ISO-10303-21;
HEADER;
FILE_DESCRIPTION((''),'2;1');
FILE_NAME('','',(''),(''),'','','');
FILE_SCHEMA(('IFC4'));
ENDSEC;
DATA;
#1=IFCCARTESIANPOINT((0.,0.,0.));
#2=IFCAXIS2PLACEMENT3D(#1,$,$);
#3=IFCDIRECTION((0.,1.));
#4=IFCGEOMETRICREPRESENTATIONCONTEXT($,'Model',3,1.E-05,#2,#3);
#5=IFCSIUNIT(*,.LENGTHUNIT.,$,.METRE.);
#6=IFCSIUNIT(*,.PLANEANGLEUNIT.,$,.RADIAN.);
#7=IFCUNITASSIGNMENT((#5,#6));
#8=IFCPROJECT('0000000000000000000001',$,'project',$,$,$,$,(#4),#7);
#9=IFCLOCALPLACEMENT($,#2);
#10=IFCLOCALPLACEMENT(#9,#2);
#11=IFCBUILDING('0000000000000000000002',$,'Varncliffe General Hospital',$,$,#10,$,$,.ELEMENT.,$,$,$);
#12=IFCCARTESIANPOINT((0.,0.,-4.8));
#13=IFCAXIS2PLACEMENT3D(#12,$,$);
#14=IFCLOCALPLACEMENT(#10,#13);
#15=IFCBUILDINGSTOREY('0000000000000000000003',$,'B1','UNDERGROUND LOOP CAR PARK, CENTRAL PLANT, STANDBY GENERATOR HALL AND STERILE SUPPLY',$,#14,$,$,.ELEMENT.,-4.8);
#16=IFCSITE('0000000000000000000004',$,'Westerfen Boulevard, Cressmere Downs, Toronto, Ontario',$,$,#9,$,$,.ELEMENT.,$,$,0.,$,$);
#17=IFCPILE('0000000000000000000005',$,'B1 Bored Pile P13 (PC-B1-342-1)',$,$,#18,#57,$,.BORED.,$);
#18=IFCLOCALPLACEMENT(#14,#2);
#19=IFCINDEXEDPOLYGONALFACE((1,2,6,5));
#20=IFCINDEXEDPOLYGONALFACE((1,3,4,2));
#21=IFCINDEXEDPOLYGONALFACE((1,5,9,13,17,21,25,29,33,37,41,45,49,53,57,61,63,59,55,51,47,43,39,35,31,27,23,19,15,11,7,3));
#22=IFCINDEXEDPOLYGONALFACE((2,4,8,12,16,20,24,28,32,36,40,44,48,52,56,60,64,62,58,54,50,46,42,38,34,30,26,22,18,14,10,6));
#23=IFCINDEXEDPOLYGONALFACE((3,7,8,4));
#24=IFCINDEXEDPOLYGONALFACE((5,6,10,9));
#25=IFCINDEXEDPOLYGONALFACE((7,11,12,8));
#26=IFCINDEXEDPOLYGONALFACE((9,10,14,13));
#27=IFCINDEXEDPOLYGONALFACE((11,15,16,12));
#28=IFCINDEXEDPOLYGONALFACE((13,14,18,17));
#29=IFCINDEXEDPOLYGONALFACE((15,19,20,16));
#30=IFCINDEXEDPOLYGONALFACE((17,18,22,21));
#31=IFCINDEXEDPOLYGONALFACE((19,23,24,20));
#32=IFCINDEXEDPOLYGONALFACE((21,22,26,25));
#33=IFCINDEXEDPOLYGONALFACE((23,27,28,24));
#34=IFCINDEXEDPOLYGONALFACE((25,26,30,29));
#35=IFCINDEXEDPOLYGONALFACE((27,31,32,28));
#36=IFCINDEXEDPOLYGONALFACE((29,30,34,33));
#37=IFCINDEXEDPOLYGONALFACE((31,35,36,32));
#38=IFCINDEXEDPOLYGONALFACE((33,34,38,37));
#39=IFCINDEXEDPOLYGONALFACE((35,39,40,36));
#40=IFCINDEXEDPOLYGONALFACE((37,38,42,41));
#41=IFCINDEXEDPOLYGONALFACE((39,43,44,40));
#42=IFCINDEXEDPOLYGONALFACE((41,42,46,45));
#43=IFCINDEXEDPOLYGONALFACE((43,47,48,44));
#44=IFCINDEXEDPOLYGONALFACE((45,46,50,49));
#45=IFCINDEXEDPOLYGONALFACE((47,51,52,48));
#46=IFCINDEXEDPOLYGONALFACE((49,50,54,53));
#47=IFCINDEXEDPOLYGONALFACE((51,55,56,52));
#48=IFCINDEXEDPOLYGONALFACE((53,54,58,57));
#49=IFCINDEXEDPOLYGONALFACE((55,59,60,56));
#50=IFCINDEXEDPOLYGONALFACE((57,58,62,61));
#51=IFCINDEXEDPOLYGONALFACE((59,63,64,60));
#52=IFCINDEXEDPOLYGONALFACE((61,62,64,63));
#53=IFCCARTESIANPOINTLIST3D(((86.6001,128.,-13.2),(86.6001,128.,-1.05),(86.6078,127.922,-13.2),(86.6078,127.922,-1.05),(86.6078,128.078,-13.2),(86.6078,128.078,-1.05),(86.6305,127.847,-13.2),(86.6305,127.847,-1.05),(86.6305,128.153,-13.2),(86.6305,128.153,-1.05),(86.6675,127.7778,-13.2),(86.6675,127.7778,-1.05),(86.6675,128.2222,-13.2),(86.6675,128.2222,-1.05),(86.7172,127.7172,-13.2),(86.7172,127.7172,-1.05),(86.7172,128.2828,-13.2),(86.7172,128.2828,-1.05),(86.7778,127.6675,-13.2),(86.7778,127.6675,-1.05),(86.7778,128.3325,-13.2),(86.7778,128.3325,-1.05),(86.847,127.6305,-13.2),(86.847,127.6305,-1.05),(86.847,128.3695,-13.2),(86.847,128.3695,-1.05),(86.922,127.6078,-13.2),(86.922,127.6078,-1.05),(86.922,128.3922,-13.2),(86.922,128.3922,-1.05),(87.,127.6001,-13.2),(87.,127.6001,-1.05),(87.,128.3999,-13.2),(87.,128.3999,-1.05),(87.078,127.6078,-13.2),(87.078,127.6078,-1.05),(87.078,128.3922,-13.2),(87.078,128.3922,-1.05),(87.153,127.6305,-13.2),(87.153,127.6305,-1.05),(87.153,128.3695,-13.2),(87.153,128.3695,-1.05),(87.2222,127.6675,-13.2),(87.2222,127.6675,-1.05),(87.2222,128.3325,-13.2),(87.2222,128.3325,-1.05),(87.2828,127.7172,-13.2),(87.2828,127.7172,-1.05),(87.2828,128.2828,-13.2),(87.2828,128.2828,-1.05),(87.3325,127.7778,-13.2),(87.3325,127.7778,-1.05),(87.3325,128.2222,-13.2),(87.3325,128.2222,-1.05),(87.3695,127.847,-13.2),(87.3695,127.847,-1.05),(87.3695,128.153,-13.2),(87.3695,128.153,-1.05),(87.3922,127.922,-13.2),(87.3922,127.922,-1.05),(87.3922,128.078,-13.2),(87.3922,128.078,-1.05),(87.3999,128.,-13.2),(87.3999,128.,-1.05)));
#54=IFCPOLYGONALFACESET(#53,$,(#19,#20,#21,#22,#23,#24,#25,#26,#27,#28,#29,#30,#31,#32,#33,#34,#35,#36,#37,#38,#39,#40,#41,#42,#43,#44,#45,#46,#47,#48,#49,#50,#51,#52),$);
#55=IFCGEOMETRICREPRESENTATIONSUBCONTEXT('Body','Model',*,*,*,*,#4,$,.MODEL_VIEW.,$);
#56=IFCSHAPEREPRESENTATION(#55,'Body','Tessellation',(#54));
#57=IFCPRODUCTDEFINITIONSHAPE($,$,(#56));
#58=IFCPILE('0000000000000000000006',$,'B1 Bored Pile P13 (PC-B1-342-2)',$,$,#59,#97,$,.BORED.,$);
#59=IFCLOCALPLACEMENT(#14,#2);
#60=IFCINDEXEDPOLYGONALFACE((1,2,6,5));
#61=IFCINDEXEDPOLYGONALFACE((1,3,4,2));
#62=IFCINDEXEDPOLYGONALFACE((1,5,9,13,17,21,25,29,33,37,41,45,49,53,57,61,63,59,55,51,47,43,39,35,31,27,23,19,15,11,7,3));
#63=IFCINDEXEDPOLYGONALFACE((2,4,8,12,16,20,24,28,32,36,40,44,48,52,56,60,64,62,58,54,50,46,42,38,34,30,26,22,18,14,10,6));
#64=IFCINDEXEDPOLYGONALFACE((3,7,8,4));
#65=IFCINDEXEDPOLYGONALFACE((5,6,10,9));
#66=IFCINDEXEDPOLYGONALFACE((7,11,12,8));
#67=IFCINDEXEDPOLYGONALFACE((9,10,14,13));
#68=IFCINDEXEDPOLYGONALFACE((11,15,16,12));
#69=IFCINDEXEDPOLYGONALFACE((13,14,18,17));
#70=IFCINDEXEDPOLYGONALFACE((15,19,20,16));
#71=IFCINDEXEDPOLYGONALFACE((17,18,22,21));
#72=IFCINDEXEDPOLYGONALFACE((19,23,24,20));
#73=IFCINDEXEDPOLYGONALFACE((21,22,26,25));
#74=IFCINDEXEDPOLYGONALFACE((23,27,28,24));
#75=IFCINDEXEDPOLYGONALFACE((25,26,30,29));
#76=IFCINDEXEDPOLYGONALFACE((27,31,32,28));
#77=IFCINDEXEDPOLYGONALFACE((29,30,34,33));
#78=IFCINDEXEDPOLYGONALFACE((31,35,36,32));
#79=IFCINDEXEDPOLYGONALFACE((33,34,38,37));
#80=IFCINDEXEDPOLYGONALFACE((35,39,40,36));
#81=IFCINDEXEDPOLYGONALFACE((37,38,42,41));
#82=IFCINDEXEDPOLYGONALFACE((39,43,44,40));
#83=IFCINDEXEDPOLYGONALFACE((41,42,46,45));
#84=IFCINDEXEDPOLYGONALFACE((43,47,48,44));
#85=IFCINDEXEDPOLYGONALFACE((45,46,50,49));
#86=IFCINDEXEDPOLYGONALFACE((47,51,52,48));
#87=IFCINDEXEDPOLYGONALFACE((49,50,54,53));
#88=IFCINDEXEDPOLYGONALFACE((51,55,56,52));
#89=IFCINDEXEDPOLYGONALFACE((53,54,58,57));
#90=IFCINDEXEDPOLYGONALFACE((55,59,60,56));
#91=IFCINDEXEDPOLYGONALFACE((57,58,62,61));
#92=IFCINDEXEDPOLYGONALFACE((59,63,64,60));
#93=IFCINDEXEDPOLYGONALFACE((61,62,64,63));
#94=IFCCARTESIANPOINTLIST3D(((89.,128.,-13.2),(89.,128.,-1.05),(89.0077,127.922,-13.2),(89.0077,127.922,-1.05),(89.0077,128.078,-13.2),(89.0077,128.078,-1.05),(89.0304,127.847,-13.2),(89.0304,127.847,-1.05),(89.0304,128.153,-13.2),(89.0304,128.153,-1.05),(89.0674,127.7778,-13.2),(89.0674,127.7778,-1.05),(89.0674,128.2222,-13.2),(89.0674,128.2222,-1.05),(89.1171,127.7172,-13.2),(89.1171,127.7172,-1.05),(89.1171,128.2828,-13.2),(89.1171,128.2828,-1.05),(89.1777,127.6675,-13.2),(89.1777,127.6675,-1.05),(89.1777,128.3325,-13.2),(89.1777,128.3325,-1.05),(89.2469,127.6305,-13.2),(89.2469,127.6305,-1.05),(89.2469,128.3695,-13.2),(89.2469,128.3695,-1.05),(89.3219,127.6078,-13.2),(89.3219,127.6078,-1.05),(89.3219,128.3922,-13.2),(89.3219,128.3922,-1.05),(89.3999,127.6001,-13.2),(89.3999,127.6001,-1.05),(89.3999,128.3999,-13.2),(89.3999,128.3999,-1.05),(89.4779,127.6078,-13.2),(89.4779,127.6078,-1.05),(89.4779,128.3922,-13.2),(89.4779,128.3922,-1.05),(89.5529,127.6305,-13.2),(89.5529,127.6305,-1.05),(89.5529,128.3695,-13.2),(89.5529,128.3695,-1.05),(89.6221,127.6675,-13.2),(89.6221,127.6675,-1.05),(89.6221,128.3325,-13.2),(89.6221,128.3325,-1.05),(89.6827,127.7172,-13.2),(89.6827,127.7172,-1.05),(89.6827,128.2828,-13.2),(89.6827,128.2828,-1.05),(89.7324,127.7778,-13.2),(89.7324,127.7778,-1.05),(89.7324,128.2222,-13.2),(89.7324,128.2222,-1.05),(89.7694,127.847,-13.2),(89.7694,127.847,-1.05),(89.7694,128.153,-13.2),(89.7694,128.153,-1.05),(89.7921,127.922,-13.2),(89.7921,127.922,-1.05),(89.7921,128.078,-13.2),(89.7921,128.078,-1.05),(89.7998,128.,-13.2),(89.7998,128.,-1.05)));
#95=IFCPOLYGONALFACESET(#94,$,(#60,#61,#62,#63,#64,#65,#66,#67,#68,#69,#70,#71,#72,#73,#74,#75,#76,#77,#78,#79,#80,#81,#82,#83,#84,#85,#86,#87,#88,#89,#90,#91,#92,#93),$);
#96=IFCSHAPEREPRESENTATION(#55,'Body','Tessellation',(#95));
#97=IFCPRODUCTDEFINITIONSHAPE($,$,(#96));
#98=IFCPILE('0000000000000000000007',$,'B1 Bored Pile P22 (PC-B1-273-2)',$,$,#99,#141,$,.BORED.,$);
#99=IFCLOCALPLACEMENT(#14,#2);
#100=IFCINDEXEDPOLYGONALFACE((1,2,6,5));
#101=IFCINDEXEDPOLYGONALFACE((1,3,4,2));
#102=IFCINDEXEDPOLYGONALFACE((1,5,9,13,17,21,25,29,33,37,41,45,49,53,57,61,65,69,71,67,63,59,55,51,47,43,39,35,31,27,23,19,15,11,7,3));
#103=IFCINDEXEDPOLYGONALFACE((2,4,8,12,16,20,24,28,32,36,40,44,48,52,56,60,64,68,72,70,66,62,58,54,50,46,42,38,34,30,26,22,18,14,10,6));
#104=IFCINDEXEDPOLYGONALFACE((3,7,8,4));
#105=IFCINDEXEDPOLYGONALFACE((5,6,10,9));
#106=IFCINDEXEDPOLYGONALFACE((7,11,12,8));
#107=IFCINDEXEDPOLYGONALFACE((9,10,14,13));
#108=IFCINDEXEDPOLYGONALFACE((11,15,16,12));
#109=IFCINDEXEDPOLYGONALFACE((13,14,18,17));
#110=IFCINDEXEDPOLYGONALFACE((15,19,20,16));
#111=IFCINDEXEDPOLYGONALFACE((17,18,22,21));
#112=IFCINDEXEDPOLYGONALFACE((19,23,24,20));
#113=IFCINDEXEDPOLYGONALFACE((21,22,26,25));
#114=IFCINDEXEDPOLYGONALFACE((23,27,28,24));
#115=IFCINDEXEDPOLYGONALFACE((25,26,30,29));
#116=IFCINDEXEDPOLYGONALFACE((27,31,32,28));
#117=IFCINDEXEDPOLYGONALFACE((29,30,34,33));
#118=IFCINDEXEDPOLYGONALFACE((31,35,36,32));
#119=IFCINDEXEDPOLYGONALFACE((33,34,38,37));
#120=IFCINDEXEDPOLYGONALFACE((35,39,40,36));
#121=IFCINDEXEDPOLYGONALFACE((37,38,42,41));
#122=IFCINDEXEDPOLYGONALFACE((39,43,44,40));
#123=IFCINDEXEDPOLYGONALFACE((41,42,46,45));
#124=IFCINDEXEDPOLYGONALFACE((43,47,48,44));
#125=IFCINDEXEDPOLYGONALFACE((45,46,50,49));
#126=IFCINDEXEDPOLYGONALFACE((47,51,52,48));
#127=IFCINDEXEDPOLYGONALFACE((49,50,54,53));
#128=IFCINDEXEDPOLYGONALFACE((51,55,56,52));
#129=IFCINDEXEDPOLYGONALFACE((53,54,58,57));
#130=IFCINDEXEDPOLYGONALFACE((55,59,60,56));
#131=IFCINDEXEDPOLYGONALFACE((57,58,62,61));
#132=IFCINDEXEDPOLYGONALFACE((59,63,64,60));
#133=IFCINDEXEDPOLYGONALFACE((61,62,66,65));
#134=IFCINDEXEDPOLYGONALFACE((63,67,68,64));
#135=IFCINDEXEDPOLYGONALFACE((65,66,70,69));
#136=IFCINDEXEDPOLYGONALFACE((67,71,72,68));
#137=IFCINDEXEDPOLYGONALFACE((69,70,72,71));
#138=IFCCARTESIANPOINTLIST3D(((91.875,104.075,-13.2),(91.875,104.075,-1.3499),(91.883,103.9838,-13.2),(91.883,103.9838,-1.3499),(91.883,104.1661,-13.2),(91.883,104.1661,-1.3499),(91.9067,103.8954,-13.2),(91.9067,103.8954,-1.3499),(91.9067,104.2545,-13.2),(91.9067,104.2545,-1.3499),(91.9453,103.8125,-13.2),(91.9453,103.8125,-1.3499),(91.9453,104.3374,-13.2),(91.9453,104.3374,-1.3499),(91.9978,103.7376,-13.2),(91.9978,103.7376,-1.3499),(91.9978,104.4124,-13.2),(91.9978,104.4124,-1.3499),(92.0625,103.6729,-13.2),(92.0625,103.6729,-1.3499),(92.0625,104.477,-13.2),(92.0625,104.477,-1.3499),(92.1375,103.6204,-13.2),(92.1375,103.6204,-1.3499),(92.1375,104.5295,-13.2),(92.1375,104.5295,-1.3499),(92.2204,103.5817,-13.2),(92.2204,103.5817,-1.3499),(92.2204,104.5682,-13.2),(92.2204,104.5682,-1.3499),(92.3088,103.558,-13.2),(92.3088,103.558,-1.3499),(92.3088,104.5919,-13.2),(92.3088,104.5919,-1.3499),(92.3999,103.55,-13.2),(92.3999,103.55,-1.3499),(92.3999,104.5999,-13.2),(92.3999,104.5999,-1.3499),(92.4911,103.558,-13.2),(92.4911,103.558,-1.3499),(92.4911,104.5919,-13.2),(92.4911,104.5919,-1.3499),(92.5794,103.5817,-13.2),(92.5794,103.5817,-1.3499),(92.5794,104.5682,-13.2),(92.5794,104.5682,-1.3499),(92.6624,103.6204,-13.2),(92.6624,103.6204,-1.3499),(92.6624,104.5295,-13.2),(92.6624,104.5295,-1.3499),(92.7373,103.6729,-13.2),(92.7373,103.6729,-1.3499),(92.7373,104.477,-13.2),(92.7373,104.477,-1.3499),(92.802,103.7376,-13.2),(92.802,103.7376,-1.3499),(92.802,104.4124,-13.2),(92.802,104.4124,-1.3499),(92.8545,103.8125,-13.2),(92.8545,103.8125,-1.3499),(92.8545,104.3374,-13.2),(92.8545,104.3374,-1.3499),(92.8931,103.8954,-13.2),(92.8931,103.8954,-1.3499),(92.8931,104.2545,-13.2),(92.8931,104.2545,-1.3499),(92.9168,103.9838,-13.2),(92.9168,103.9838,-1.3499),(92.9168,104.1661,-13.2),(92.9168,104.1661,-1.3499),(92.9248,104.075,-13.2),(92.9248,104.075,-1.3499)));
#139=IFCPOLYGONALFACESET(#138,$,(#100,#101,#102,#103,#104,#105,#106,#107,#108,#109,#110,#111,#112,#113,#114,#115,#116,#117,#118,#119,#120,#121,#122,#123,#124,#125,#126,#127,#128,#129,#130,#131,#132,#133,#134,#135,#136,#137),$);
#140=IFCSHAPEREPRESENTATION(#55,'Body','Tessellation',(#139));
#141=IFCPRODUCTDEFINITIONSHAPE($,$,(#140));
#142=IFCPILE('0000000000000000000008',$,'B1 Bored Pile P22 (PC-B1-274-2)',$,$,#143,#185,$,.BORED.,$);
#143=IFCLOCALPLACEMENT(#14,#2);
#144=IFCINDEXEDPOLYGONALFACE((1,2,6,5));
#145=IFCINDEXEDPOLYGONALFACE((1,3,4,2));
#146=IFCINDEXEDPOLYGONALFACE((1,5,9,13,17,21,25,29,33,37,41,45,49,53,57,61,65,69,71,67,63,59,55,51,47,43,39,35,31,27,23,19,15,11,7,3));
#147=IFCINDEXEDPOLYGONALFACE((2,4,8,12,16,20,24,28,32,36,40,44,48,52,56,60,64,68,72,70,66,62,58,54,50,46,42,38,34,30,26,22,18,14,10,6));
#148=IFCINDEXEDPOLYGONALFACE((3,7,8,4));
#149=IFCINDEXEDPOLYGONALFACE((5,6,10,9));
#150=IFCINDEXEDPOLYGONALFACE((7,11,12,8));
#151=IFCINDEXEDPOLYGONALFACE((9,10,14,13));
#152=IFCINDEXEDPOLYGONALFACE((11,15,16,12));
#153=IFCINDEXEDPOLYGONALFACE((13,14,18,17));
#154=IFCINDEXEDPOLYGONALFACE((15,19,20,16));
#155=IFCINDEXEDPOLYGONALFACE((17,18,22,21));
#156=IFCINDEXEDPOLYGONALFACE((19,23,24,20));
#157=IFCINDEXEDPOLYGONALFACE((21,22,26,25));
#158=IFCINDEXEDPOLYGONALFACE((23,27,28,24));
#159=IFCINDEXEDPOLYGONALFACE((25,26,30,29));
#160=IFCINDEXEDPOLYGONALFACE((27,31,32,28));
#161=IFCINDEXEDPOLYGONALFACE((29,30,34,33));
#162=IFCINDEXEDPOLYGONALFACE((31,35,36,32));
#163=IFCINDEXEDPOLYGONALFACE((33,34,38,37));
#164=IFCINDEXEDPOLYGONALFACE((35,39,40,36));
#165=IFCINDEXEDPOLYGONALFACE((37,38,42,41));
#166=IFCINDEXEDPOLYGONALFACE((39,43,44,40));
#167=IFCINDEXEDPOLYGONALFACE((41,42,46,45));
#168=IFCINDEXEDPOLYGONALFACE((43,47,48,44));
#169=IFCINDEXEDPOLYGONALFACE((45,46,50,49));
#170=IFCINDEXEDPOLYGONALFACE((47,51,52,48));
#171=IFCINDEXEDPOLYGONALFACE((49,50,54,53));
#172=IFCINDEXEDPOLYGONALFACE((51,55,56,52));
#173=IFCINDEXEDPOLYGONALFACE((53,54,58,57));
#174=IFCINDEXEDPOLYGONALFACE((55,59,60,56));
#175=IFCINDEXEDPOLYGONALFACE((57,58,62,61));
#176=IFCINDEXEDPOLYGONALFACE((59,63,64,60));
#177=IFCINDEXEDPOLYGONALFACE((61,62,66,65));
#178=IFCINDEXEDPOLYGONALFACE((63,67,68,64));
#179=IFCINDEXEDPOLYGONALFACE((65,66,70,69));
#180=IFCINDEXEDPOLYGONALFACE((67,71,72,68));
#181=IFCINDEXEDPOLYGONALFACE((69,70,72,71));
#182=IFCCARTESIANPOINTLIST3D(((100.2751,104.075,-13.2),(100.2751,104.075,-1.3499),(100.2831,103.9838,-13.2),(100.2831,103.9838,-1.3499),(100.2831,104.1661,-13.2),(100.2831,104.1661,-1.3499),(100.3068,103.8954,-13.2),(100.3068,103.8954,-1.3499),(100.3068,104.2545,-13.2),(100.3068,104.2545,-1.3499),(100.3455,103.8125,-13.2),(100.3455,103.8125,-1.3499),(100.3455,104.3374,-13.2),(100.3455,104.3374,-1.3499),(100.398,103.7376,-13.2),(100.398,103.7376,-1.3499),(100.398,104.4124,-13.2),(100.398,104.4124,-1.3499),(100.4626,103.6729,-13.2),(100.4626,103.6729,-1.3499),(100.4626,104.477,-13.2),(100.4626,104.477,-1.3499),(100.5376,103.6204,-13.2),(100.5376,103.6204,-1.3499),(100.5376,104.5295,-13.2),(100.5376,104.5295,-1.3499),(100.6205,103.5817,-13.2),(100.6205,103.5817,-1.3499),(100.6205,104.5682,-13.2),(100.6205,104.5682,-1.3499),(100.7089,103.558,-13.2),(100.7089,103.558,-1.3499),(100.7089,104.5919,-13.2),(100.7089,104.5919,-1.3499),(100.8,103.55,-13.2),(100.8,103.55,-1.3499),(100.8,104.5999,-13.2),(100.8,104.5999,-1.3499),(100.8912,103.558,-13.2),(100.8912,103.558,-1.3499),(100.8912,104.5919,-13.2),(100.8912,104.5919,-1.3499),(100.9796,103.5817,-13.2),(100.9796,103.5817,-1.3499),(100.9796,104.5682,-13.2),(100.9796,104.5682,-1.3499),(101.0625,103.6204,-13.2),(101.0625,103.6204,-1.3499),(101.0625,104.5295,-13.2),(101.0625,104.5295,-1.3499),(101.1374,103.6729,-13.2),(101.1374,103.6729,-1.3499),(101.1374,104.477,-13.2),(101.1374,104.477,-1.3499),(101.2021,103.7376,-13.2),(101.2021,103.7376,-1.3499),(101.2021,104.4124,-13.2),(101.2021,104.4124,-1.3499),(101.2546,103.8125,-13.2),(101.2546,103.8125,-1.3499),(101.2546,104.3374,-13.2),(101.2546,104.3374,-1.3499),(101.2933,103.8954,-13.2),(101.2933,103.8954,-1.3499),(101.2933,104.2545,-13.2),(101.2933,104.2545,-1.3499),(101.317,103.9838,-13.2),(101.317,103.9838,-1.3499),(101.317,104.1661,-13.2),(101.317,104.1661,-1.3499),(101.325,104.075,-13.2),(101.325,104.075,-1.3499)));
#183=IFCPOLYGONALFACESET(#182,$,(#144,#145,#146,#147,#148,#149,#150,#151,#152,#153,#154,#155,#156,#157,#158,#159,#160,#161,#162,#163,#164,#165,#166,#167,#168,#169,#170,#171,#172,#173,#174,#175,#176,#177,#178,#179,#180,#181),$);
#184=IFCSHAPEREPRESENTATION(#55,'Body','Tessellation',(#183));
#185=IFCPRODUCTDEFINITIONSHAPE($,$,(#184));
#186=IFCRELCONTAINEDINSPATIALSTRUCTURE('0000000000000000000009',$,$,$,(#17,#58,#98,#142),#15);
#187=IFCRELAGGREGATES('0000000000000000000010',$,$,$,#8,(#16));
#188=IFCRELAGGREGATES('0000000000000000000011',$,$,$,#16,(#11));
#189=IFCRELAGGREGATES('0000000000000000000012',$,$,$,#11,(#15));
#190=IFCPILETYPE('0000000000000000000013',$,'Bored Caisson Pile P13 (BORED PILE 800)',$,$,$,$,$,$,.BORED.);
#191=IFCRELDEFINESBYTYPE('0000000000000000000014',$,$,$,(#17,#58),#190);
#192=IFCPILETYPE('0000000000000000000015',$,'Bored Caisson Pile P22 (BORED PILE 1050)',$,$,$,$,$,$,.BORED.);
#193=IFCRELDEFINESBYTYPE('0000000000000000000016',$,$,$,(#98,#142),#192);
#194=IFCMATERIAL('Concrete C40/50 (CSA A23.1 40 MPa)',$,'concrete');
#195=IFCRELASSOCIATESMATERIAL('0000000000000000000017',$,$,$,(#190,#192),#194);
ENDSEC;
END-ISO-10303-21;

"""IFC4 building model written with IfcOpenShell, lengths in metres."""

from ifc_helpers import new_model, si_unit, direction, frame, origin, origin_2d, place, context, subcontext, project, spatial, circle, extrude, material, material_profile, profile_set, type_object, element, save


model = new_model("IFC4")

# Units and contexts
model_context = context("Model", 3, precision=1e-05, world=origin(), true_north=direction((0.0, 1.0)))
body_context = subcontext(model_context, "Body", "Model", "MODEL_VIEW")
ifc_project = project(units=[si_unit("LENGTHUNIT", "METRE"), si_unit("PLANEANGLEUNIT", "RADIAN")], contexts=[model_context])

# Site, building, storey
site_placement = place(None, origin())
site = spatial("IfcSite", under=ifc_project, at=site_placement, Name="Westerfen Boulevard, Cressmere Downs, Toronto, Ontario", CompositionType="ELEMENT", RefElevation=0.0)
building_placement = place(site_placement, origin())
building = spatial("IfcBuilding", under=site, at=building_placement, Name="Varncliffe General Hospital", CompositionType="ELEMENT")
storey_placement = place(building_placement, frame((0.0, 0.0, -4.8)))
storey = spatial("IfcBuildingStorey", under=building, at=storey_placement, Name="B1", Description="UNDERGROUND LOOP CAR PARK, CENTRAL PLANT, STANDBY GENERATOR HALL AND STERILE SUPPLY", CompositionType="ELEMENT", Elevation=-4.8)

# Piles
ifc_material_1 = material(Name="Concrete C40/50 (CSA A23.1 40 MPa)", Category="concrete")
ifc_material_profile_1 = material_profile(ifc_material_1, circle(Radius=0.3999, at=origin_2d()), Name="BORED PILE 800")
ifc_profile_set_1 = profile_set([ifc_material_profile_1], Name="Concrete C40/50 (CSA A23.1 40 MPa)")
pile_type_1 = type_object("IfcPileType", Name="Bored Caisson Pile P13 (BORED PILE 800)", PredefinedType="BORED", material=ifc_profile_set_1)
for number, where, z_axis, x_axis, name in (
    (1, (87.0, 128.0, -1.05), (0.0, 0.0, -1.0), (1.0, 0.0, 0.0), "B1 Bored Pile P13 (PC-B1-342-1)"),
    (2, (89.3999, 128.0, -1.05), (0.0, 0.0, -1.0), (1.0, 0.0, 0.0), "B1 Bored Pile P13 (PC-B1-342-2)"),
):
    element("IfcPile", number, at=place(storey_placement, frame(where, z_axis=z_axis, x_axis=x_axis)), inside=storey, type_object=pile_type_1, Name=name, PredefinedType="BORED", context=body_context, shape_type="SweptSolid", body=[
        extrude(circle(Radius=0.3999, at=origin_2d()), origin(), (0.0, 0.0, 1.0), 12.1499),
    ])
ifc_material_profile_2 = material_profile(ifc_material_1, circle(Radius=0.5249, at=origin_2d()), Name="BORED PILE 1050")
ifc_profile_set_2 = profile_set([ifc_material_profile_2], Name="Concrete C40/50 (CSA A23.1 40 MPa)")
pile_type_2 = type_object("IfcPileType", Name="Bored Caisson Pile P22 (BORED PILE 1050)", PredefinedType="BORED", material=ifc_profile_set_2)
for number, where, z_axis, x_axis, name in (
    (3, (92.3999, 104.075, -1.3499), (0.0, 0.0, -1.0), (1.0, 0.0, 0.0), "B1 Bored Pile P22 (PC-B1-273-2)"),
    (4, (100.8, 104.075, -1.3499), (0.0, 0.0, -1.0), (1.0, 0.0, 0.0), "B1 Bored Pile P22 (PC-B1-274-2)"),
):
    element("IfcPile", number, at=place(storey_placement, frame(where, z_axis=z_axis, x_axis=x_axis)), inside=storey, type_object=pile_type_2, Name=name, PredefinedType="BORED", context=body_context, shape_type="SweptSolid", body=[
        extrude(circle(Radius=0.5249, at=origin_2d()), origin(), (0.0, 0.0, 1.0), 11.8501),
    ])

save(model, "model.ifc")
